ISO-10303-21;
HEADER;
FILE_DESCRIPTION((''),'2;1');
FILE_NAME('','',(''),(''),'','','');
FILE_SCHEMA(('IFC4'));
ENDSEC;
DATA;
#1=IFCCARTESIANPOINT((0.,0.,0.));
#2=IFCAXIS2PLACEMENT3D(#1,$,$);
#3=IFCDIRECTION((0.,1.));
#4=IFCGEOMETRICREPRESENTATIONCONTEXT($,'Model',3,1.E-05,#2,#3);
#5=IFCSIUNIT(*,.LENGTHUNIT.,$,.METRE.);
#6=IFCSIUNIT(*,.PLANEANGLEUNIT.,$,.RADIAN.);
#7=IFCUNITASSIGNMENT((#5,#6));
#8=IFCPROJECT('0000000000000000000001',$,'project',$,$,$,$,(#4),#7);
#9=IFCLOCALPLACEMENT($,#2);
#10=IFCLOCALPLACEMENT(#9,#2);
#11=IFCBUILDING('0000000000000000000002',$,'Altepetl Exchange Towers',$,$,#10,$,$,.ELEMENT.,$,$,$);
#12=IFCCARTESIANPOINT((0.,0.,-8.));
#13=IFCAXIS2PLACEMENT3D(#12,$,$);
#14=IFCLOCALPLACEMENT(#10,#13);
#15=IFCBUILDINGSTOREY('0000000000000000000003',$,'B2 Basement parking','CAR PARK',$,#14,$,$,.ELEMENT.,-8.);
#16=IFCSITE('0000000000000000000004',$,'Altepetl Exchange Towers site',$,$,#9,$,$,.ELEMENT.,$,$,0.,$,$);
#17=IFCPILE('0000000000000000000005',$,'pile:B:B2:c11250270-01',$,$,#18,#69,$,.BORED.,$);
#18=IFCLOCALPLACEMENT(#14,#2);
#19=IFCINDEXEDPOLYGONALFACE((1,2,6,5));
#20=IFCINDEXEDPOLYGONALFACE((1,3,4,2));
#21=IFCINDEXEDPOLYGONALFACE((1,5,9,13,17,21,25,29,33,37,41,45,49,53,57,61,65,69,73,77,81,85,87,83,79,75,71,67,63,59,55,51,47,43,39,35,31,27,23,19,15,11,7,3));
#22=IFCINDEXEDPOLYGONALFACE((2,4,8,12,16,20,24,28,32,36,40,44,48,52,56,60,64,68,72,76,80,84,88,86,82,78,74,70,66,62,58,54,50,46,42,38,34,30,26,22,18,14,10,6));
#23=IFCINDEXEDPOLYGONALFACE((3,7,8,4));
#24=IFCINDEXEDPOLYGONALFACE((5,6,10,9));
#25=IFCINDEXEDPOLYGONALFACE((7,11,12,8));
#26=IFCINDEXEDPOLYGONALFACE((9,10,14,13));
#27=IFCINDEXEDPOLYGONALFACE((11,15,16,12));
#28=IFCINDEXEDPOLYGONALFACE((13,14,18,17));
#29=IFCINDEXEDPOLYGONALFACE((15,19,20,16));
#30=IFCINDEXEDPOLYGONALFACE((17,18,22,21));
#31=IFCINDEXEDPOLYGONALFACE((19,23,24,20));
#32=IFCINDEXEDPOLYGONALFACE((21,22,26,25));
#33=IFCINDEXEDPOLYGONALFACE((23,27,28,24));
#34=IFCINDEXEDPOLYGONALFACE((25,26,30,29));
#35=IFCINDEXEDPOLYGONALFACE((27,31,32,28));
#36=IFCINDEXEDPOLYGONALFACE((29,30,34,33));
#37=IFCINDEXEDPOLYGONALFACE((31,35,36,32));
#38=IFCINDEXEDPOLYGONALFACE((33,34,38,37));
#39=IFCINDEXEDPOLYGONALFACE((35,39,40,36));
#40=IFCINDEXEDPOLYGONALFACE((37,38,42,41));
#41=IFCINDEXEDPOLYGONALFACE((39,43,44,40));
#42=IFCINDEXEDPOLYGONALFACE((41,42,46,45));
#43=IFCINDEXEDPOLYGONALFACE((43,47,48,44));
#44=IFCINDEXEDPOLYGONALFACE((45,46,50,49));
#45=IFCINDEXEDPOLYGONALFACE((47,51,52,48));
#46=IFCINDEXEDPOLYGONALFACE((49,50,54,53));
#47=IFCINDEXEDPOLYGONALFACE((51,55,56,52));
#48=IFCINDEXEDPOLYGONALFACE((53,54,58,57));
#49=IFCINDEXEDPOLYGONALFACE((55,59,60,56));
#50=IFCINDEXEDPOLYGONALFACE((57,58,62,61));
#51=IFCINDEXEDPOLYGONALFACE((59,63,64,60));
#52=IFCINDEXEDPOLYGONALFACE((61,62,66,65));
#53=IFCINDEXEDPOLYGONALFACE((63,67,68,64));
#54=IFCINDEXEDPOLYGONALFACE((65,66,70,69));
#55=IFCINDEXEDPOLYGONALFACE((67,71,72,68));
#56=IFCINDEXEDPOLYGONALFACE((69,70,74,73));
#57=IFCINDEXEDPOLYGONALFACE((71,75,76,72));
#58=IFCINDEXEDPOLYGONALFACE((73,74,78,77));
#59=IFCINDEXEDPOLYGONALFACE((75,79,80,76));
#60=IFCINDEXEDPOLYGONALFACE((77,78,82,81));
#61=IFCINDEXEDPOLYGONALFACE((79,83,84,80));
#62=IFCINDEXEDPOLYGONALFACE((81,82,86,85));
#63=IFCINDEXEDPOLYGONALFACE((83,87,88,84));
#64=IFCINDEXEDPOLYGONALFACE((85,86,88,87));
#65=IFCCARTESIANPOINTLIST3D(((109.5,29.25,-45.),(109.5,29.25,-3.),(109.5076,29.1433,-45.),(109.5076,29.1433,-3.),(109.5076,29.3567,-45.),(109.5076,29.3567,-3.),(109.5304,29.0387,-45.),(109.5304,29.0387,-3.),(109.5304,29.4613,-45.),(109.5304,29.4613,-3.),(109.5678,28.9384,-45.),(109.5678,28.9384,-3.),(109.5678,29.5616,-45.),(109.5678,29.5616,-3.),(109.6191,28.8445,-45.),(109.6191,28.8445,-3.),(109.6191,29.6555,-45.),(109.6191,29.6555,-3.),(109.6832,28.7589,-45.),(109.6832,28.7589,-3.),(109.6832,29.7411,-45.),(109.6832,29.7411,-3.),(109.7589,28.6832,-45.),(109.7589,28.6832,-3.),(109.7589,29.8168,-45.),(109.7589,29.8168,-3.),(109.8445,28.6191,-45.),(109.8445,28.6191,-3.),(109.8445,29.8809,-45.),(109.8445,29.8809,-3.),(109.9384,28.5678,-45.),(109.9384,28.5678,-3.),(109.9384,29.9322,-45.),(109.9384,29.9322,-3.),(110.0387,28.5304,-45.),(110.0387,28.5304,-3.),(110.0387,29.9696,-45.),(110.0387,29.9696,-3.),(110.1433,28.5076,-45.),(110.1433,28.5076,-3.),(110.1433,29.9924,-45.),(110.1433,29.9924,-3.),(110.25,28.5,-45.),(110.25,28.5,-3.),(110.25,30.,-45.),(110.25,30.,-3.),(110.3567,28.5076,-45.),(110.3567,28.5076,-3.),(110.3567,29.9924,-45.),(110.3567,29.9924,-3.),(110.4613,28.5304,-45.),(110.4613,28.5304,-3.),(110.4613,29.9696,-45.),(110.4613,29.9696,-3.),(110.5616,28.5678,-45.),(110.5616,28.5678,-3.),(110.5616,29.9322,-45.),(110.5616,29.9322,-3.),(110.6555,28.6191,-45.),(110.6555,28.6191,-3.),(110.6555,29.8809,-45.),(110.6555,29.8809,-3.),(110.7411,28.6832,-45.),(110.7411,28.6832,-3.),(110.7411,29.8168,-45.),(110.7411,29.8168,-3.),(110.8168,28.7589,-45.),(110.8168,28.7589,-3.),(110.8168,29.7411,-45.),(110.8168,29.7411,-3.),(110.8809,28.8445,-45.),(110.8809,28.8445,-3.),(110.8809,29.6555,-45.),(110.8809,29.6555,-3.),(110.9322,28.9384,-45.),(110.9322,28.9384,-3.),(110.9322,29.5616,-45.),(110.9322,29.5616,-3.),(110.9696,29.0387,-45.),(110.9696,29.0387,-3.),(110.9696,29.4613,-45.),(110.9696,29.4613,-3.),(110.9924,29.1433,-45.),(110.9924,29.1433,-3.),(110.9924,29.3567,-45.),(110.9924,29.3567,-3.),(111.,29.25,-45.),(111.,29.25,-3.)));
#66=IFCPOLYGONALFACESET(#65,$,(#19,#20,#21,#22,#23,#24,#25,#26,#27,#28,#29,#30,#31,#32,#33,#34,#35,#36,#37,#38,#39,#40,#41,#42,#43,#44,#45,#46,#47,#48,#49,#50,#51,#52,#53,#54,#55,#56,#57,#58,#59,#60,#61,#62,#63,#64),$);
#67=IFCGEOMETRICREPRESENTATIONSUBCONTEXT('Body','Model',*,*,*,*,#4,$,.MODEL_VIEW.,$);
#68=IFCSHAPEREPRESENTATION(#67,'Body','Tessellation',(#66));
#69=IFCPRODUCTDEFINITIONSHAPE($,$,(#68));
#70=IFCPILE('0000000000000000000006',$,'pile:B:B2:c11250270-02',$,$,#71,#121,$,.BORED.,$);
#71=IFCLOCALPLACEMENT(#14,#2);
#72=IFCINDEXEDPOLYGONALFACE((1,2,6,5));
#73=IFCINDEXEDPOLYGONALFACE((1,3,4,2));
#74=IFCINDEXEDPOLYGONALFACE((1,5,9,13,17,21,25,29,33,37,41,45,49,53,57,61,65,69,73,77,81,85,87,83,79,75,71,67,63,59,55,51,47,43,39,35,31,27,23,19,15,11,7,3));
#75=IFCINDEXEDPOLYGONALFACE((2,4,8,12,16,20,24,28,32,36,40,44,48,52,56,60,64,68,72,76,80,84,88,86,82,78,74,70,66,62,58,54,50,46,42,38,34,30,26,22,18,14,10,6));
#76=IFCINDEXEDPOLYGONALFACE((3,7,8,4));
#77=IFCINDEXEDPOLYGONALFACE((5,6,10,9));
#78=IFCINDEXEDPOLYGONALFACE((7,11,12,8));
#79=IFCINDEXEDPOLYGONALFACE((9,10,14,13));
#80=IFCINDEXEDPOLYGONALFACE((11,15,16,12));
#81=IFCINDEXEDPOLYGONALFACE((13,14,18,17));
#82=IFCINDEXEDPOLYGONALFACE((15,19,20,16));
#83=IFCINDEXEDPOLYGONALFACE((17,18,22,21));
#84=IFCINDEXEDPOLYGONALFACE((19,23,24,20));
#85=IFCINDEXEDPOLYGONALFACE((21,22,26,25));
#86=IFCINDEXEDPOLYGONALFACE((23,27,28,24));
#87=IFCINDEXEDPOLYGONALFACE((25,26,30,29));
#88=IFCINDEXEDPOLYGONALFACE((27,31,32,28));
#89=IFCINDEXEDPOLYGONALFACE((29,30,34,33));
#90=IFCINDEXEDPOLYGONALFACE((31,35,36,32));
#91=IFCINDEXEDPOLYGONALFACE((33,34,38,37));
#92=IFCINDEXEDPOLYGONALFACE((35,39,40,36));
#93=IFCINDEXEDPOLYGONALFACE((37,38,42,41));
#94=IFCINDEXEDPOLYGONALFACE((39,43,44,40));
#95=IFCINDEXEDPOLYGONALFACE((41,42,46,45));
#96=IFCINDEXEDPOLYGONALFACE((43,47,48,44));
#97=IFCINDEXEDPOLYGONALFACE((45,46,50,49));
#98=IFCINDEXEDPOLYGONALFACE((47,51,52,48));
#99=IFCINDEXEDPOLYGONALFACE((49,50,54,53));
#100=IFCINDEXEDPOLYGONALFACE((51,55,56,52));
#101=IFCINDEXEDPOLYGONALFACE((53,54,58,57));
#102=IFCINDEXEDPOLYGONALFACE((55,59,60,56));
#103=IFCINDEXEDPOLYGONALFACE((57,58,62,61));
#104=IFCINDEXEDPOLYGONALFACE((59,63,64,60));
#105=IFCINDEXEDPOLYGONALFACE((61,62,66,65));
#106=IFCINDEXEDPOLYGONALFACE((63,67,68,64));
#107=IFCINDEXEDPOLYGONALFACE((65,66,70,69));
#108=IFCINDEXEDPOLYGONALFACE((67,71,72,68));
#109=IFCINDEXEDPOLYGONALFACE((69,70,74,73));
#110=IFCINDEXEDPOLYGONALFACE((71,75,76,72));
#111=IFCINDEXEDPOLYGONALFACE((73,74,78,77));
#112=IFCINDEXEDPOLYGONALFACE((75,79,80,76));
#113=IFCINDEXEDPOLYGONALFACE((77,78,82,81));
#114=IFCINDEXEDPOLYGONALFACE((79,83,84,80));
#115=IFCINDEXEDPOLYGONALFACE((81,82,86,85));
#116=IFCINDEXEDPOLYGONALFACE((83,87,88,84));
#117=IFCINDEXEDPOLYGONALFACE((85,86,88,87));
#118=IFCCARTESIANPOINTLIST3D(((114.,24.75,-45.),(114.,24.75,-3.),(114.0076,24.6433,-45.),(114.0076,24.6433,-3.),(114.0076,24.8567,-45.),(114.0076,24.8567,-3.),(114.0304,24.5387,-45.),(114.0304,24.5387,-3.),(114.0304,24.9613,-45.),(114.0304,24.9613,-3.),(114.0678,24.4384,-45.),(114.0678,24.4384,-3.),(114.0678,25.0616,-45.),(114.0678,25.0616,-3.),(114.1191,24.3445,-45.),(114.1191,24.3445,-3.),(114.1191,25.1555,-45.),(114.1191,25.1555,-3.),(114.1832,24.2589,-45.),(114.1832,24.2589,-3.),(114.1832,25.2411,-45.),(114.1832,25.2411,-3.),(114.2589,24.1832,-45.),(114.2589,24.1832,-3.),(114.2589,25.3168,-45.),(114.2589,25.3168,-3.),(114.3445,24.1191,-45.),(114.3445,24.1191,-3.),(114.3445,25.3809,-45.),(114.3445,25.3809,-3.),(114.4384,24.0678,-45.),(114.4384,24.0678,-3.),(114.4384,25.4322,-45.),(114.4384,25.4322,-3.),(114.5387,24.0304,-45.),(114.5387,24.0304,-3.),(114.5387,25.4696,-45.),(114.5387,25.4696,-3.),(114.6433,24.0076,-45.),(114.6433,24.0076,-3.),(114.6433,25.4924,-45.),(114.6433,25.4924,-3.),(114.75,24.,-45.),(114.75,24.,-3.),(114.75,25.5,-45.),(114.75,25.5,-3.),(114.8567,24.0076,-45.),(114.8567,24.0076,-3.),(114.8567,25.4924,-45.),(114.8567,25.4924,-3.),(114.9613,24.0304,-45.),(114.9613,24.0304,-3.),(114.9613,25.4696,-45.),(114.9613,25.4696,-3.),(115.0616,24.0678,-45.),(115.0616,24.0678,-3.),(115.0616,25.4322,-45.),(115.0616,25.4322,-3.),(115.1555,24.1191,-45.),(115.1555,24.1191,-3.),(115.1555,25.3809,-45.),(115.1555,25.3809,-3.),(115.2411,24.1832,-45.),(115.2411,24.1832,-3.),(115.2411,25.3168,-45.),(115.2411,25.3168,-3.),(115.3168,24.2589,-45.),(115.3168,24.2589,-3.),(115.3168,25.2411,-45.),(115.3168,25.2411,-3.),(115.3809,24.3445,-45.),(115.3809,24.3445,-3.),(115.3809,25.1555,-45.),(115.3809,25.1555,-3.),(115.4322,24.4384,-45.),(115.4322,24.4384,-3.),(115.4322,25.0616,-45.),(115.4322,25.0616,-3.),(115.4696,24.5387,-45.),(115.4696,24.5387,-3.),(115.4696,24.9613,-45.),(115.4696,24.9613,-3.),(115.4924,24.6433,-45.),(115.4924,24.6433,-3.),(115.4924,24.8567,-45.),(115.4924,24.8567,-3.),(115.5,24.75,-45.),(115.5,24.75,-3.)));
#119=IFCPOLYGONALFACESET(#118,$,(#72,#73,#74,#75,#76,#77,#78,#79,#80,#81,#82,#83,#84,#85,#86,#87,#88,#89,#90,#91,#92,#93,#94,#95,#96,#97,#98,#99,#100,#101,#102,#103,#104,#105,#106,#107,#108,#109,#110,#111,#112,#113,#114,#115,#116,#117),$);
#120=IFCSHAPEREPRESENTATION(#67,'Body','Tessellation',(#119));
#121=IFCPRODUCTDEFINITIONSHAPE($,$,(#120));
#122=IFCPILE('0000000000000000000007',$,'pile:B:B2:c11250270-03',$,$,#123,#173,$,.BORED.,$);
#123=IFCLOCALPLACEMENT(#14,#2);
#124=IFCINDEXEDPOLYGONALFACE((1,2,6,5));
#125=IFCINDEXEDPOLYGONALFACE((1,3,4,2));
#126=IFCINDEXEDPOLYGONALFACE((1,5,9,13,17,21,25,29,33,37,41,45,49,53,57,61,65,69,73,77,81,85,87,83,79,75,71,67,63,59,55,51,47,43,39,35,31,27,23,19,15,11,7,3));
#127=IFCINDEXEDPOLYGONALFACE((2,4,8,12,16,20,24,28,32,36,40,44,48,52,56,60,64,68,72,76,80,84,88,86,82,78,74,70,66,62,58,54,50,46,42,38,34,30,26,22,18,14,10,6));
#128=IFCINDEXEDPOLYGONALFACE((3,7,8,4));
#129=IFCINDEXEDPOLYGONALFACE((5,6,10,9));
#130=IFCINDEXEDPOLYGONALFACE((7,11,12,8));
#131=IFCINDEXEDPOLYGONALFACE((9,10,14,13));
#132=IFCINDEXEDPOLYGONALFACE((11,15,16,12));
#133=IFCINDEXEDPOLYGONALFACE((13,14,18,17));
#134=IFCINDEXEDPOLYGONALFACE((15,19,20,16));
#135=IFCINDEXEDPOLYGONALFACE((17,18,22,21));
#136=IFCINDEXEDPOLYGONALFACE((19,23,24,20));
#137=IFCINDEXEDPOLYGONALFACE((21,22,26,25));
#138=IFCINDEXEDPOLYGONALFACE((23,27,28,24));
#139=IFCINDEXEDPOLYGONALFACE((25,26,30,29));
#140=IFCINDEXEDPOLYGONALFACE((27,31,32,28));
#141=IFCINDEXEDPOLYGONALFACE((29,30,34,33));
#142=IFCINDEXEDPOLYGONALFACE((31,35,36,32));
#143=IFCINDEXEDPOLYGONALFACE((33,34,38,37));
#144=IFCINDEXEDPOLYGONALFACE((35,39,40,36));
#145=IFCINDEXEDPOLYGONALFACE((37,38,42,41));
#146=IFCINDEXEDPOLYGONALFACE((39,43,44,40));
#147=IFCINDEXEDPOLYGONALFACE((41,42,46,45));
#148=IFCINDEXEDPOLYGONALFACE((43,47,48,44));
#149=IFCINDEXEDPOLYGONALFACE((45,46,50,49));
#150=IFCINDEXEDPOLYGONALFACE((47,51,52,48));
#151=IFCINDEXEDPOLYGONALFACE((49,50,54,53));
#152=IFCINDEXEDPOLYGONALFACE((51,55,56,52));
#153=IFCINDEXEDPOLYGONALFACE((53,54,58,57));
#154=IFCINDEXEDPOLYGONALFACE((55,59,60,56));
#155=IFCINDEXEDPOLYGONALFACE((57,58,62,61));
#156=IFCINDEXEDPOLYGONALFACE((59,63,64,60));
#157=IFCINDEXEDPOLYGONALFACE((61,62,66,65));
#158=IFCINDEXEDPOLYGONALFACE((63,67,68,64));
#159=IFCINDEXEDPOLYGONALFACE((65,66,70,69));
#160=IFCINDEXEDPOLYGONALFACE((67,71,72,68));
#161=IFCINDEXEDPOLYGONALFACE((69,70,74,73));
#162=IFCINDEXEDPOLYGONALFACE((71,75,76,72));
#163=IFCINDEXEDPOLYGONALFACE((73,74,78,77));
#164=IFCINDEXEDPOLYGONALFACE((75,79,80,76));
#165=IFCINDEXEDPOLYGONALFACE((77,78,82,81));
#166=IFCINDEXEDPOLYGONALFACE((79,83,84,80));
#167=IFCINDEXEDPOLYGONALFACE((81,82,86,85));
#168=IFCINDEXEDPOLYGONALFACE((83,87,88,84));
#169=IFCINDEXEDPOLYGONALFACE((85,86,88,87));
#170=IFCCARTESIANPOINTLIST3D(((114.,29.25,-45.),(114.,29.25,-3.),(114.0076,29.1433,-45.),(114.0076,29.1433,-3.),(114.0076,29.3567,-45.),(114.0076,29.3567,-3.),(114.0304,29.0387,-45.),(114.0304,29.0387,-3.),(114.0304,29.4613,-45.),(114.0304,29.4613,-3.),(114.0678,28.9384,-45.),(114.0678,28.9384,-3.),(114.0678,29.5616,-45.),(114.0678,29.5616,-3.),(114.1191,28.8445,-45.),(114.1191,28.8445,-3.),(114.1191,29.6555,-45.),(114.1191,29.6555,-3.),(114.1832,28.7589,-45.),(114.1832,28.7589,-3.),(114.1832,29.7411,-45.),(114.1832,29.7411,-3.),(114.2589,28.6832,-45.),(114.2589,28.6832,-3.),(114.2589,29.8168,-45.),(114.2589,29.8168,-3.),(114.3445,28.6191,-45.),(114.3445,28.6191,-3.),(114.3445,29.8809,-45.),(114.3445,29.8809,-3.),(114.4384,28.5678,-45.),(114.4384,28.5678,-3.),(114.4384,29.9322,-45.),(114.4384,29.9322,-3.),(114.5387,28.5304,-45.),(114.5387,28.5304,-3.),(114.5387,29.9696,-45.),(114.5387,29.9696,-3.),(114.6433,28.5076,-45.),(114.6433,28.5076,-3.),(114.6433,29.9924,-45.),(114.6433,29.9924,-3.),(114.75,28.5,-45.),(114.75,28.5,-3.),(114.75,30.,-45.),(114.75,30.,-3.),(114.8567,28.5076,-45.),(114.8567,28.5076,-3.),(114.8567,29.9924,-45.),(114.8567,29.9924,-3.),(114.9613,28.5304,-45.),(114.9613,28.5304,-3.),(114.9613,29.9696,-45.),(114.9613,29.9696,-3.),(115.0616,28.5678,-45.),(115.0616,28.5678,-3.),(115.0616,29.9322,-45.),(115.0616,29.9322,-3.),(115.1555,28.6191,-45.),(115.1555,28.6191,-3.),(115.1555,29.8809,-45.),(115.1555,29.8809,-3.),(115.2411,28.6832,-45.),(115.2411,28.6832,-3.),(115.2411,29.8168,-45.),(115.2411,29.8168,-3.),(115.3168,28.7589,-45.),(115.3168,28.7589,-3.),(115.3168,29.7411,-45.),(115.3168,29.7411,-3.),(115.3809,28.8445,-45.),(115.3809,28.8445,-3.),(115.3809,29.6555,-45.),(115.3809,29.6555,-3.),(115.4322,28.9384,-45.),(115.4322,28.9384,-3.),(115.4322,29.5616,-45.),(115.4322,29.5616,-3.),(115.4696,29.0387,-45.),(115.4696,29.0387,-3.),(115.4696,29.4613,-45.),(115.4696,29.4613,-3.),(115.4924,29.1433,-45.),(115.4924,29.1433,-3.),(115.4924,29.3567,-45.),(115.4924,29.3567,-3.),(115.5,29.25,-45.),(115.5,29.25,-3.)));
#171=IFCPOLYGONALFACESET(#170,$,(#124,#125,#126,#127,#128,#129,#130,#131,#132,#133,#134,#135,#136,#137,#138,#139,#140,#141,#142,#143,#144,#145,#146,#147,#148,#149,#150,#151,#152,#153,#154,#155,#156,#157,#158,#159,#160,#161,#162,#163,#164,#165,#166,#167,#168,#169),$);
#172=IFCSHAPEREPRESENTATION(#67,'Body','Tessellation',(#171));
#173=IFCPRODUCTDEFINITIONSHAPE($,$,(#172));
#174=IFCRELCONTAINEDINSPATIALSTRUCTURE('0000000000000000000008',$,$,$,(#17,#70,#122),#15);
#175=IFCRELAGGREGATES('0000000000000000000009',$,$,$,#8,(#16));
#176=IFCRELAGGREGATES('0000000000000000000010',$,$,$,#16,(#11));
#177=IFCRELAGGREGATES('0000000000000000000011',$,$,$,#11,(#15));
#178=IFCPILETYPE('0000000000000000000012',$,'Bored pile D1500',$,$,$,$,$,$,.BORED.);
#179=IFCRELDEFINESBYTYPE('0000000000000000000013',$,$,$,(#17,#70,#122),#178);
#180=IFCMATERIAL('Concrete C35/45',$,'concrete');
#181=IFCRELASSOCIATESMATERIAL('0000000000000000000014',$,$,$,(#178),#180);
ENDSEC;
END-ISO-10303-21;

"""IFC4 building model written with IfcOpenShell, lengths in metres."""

from ifc_helpers import new_model, si_unit, direction, frame, origin, origin_2d, place, context, subcontext, project, spatial, circle, extrude, material, material_profile, profile_set, type_object, element, save


model = new_model("IFC4")

# Units and contexts
model_context = context("Model", 3, precision=1e-05, world=origin(), true_north=direction((0.0, 1.0)))
body_context = subcontext(model_context, "Body", "Model", "MODEL_VIEW")
ifc_project = project(units=[si_unit("LENGTHUNIT", "METRE"), si_unit("PLANEANGLEUNIT", "RADIAN")], contexts=[model_context])

# Site, building, storey
site_placement = place(None, origin())
site = spatial("IfcSite", under=ifc_project, at=site_placement, Name="Altepetl Exchange Towers site", CompositionType="ELEMENT", RefElevation=0.0)
building_placement = place(site_placement, origin())
building = spatial("IfcBuilding", under=site, at=building_placement, Name="Altepetl Exchange Towers", CompositionType="ELEMENT")
storey_placement = place(building_placement, frame((0.0, 0.0, -8.0)))
storey = spatial("IfcBuildingStorey", under=building, at=storey_placement, Name="B2 Basement parking", Description="CAR PARK", CompositionType="ELEMENT", Elevation=-8.0)

# Piles
ifc_material_1 = material(Name="Concrete C35/45", Category="concrete")
ifc_material_profile_1 = material_profile(ifc_material_1, circle(Radius=0.75, at=origin_2d()), Name="D1500")
ifc_profile_set_1 = profile_set([ifc_material_profile_1], Name="Concrete C35/45")
pile_type_1 = type_object("IfcPileType", Name="Bored pile D1500", PredefinedType="BORED", material=ifc_profile_set_1)
for number, where, z_axis, x_axis, name in (
    (1, (110.25, 29.25, -3.0), (0.0, 0.0, -1.0), (1.0, 0.0, 0.0), "pile:B:B2:c11250270-01"),
    (2, (114.75, 24.75, -3.0), (0.0, 0.0, -1.0), (1.0, 0.0, 0.0), "pile:B:B2:c11250270-02"),
    (3, (114.75, 29.25, -3.0), (0.0, 0.0, -1.0), (1.0, 0.0, 0.0), "pile:B:B2:c11250270-03"),
):
    element("IfcPile", number, at=place(storey_placement, frame(where, z_axis=z_axis, x_axis=x_axis)), inside=storey, type_object=pile_type_1, Name=name, PredefinedType="BORED", context=body_context, shape_type="SweptSolid", body=[
        extrude(circle(Radius=0.75, at=origin_2d()), origin(), (0.0, 0.0, 1.0), 42.0),
    ])

save(model, "model.ifc")
